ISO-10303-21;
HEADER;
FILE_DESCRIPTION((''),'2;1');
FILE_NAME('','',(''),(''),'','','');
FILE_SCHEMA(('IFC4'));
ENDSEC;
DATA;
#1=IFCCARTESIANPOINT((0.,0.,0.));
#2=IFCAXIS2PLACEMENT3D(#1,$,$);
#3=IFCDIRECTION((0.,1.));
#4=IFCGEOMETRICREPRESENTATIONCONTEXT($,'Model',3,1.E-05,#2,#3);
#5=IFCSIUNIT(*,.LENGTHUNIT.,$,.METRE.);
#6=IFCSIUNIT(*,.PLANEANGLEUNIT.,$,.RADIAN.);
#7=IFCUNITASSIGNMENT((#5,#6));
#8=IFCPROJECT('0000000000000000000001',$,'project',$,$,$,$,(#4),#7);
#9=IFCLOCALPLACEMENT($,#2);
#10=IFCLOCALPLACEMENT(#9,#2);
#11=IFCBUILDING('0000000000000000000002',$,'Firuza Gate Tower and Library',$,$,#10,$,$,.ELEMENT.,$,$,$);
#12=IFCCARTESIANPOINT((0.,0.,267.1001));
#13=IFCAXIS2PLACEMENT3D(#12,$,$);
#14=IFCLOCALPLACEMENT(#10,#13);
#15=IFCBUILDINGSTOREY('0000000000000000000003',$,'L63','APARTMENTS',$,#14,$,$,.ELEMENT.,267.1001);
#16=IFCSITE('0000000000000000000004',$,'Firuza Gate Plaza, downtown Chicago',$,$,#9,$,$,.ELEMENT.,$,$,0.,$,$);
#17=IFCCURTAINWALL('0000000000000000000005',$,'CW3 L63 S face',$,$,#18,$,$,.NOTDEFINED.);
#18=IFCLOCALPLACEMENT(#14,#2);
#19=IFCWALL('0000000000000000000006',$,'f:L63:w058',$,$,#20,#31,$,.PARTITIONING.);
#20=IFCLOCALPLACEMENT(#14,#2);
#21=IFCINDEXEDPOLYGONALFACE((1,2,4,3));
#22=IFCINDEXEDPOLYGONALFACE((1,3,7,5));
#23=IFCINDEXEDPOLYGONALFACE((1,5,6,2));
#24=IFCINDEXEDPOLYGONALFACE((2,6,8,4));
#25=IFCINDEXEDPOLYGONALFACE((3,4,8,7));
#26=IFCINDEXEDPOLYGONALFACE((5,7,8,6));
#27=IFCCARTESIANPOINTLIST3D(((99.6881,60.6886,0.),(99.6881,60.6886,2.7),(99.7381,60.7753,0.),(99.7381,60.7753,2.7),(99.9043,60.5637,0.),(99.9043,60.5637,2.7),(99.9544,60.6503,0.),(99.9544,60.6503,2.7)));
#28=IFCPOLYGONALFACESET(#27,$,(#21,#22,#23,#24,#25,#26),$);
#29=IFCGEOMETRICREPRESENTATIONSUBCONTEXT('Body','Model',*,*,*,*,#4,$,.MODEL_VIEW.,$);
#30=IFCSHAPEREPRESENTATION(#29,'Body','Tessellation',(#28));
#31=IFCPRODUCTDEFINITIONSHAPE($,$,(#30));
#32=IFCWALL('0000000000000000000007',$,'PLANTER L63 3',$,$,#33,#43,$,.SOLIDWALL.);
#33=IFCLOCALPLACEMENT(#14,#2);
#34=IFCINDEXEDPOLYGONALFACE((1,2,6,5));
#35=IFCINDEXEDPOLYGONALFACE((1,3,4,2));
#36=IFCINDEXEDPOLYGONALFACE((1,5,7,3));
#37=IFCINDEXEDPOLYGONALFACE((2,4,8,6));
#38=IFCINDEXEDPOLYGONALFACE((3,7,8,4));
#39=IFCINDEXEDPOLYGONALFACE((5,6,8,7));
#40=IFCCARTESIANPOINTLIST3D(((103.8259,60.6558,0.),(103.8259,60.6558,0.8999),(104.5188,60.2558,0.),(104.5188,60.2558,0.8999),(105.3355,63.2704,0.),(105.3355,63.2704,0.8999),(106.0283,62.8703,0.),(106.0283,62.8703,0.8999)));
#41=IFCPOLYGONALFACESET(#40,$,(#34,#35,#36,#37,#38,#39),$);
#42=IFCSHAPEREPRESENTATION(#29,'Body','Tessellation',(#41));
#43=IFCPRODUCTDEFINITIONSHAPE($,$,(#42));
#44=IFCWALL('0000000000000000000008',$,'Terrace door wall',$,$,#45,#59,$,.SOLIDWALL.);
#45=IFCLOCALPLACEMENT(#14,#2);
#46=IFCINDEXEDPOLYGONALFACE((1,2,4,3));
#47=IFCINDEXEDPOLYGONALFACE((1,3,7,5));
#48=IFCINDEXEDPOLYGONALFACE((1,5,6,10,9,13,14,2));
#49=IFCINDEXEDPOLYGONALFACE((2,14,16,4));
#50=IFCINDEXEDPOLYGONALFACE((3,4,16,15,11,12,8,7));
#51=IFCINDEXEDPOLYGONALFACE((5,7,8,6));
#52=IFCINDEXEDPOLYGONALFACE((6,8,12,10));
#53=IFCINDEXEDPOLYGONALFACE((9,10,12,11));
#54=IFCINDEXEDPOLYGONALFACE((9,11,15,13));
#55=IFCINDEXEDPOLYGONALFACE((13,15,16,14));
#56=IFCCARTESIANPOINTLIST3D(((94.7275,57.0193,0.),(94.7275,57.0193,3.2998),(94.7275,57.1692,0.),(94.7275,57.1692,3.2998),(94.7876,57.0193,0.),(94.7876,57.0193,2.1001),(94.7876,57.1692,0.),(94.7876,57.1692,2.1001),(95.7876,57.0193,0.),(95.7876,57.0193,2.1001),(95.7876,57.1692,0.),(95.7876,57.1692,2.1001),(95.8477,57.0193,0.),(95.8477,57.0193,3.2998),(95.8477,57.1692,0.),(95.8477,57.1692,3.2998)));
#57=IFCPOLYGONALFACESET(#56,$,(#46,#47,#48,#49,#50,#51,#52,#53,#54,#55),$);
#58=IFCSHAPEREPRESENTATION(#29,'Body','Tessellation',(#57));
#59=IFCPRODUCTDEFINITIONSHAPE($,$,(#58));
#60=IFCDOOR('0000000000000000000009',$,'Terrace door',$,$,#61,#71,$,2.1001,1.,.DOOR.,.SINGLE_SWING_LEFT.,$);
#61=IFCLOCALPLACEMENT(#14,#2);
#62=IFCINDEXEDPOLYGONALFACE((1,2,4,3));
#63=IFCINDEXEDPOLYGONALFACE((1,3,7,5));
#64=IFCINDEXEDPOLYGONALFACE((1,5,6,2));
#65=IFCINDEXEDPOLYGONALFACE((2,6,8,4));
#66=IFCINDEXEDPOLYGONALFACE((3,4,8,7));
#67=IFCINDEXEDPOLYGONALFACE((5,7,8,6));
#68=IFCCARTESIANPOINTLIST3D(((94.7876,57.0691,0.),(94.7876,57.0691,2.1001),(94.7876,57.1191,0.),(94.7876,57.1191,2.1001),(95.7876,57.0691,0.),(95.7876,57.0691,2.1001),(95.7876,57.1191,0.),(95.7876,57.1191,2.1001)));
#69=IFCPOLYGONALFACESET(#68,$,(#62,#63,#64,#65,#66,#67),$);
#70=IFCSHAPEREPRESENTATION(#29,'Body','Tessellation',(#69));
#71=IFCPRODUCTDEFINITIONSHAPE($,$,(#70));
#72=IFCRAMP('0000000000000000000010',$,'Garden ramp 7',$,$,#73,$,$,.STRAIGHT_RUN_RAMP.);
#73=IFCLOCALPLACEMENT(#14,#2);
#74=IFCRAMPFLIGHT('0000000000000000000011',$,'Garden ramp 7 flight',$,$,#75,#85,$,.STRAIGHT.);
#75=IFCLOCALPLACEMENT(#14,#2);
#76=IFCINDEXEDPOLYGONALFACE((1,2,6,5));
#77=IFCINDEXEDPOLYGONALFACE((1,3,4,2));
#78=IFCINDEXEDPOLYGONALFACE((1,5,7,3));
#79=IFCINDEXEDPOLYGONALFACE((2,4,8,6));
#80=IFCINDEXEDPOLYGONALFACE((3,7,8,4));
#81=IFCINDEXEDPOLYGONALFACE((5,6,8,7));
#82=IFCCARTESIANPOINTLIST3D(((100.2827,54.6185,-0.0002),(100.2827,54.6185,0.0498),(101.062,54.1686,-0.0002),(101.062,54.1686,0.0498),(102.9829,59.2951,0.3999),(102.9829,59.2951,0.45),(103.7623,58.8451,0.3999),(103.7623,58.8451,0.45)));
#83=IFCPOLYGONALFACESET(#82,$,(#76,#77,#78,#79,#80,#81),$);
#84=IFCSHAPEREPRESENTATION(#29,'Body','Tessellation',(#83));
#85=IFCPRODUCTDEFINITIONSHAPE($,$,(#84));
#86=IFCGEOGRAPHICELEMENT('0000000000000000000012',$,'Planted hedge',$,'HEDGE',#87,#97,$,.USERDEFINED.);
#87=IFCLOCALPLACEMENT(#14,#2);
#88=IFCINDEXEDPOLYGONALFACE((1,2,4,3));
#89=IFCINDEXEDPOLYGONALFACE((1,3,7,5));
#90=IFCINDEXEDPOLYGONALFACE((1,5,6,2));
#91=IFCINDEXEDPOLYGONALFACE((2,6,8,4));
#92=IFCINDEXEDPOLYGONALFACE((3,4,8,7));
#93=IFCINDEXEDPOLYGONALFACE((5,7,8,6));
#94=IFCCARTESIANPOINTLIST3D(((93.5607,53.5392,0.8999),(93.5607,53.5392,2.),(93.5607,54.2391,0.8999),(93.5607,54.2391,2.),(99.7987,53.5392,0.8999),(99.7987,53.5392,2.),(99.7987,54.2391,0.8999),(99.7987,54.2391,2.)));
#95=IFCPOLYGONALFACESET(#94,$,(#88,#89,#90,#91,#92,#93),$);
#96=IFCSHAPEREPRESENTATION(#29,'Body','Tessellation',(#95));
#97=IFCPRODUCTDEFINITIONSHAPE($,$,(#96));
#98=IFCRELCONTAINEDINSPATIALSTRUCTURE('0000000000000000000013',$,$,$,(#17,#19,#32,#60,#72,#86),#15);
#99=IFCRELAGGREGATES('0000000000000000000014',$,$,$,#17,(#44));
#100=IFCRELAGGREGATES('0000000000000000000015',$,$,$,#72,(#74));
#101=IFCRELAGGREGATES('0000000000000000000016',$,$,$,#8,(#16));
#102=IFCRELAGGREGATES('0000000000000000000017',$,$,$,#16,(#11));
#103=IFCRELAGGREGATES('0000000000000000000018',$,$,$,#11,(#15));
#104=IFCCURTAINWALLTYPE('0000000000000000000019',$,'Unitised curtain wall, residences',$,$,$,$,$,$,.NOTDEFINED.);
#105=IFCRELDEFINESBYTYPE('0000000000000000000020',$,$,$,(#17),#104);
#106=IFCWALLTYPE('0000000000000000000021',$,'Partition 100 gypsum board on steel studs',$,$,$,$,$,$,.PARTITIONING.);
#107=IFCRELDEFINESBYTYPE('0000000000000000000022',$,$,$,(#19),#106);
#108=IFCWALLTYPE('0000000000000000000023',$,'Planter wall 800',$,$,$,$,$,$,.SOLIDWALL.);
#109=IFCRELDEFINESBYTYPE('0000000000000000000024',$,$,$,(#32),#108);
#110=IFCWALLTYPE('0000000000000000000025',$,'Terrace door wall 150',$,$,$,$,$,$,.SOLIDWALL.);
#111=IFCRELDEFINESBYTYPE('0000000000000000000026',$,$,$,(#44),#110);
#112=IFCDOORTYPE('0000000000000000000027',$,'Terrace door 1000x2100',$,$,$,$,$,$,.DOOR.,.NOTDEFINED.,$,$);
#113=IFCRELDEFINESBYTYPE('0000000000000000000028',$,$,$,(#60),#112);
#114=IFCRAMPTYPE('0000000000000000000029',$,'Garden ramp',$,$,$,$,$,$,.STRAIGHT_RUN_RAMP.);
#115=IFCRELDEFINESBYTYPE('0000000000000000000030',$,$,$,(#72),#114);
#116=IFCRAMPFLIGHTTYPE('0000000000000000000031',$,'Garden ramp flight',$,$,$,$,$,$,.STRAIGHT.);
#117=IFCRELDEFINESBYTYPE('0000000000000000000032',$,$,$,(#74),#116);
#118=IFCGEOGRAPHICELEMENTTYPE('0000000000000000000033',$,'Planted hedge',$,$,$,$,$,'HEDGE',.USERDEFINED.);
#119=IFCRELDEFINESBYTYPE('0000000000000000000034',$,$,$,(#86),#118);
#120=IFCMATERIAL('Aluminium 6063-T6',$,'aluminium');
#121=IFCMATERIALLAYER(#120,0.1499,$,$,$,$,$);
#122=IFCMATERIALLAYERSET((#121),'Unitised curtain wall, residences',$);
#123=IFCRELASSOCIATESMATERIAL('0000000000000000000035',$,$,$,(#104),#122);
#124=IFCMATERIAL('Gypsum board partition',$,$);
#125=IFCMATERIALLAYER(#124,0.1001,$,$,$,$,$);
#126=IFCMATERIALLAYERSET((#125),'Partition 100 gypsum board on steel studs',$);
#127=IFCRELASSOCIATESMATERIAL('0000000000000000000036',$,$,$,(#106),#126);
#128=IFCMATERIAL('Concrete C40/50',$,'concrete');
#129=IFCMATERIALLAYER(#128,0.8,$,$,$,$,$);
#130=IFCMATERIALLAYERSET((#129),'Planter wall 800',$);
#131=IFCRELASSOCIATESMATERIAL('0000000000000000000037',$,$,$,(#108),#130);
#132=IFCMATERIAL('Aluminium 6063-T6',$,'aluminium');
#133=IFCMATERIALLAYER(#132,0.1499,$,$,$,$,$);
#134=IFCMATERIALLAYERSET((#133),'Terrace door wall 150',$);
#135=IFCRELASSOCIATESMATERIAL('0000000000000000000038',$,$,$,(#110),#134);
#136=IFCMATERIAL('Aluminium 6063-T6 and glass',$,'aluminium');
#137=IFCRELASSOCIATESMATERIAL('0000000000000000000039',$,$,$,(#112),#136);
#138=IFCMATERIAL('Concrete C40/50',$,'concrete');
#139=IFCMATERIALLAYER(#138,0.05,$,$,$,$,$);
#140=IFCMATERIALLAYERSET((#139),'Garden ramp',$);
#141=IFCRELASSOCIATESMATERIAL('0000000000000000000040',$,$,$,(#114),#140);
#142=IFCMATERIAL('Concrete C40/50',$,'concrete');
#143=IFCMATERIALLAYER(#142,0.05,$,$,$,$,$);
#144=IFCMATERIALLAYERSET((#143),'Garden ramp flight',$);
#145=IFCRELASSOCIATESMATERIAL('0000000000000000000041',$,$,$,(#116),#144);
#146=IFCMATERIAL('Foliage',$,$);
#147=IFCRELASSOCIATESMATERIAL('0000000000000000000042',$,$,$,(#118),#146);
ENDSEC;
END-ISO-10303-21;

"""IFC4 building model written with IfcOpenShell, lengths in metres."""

from ifc_helpers import new_model, si_unit, direction, frame, frame_2d, origin, origin_2d, place, context, subcontext, project, spatial, polyline, rectangle, outline, extrude, material, layer, layer_set, type_object, element, fill, aggregate, save


model = new_model("IFC4")

# Units and contexts
model_context = context("Model", 3, precision=1e-05, world=origin(), true_north=direction((0.0, 1.0)))
body_context = subcontext(model_context, "Body", "Model", "MODEL_VIEW")
ifc_project = project(units=[si_unit("LENGTHUNIT", "METRE"), si_unit("PLANEANGLEUNIT", "RADIAN")], contexts=[model_context])

# Site, building, storey
site_placement = place(None, origin())
site = spatial("IfcSite", under=ifc_project, at=site_placement, Name="Firuza Gate Plaza, downtown Chicago", CompositionType="ELEMENT", RefElevation=0.0)
building_placement = place(site_placement, origin())
building = spatial("IfcBuilding", under=site, at=building_placement, Name="Firuza Gate Tower and Library", CompositionType="ELEMENT")
storey_placement = place(building_placement, frame((0.0, 0.0, 267.1001)))
storey = spatial("IfcBuildingStorey", under=building, at=storey_placement, Name="L63", Description="APARTMENTS", CompositionType="ELEMENT", Elevation=267.1001)

# Curtain wall
placement = place(storey_placement, origin())
ifc_material_1 = material(Name="Aluminium 6063-T6", Category="aluminium")
ifc_layer_1 = layer(ifc_material_1, 0.1499)
ifc_layer_set_1 = layer_set([ifc_layer_1], Name="Unitised curtain wall, residences")
curtain_wall_type_1 = type_object("IfcCurtainWallType", Name="Unitised curtain wall, residences", PredefinedType="NOTDEFINED", material=ifc_layer_set_1)
curtain_wall_1 = element("IfcCurtainWall", 1, at=placement, inside=storey, type_object=curtain_wall_type_1, Name="CW3 L63 S face", PredefinedType="NOTDEFINED")

# Walls
ifc_material_2 = material(Name="Gypsum board partition")
ifc_layer_2 = layer(ifc_material_2, 0.1001)
ifc_layer_set_2 = layer_set([ifc_layer_2], Name="Partition 100 gypsum board on steel studs")
wall_type_1 = type_object("IfcWallType", Name="Partition 100 gypsum board on steel studs", PredefinedType="PARTITIONING", material=ifc_layer_set_2)
wall_1_placement = place(storey_placement, frame((99.9294, 60.6069, 0.0), z_axis=(0.0, 0.0, 1.0), x_axis=(-0.865827, 0.500343, 0.0)))
element("IfcWall", 2, at=wall_1_placement, inside=storey, type_object=wall_type_1, Name="f:L63:w058", PredefinedType="PARTITIONING", context=body_context, shape_type="SweptSolid", body=[
    extrude(rectangle(XDim=0.2498, YDim=0.1001, at=frame_2d((0.125, 0.0))), origin(), (0.0, 0.0, 1.0), 2.7),
])
ifc_material_3 = material(Name="Concrete C40/50", Category="concrete")
ifc_layer_3 = layer(ifc_material_3, 0.8)
ifc_layer_set_3 = layer_set([ifc_layer_3], Name="Planter wall 800")
wall_type_2 = type_object("IfcWallType", Name="Planter wall 800", PredefinedType="SOLIDWALL", material=ifc_layer_set_3)
wall_2_placement = place(storey_placement, frame((104.1724, 60.4558, 0.0), z_axis=(0.0, 0.0, 1.0), x_axis=(0.500009, 0.86602, 0.0)))
element("IfcWall", 3, at=wall_2_placement, inside=storey, type_object=wall_type_2, Name="PLANTER L63 3", PredefinedType="SOLIDWALL", context=body_context, shape_type="SweptSolid", body=[
    extrude(rectangle(XDim=3.019, YDim=0.8, at=frame_2d((1.5095, 0.0))), origin(), (0.0, 0.0, 1.0), 0.8999),
])

# Wall, opening, door
ifc_material_4 = material(Name="Aluminium 6063-T6", Category="aluminium")
ifc_layer_4 = layer(ifc_material_4, 0.1499)
ifc_layer_set_4 = layer_set([ifc_layer_4], Name="Terrace door wall 150")
wall_type_3 = type_object("IfcWallType", Name="Terrace door wall 150", PredefinedType="SOLIDWALL", material=ifc_layer_set_4)
wall_3_placement = place(storey_placement, frame((94.7275, 57.0942, 0.0), z_axis=(0.0, 0.0, 1.0), x_axis=(1.0, 0.0, 0.0)))
wall_3 = element("IfcWall", 4, at=wall_3_placement, type_object=wall_type_3, Name="Terrace door wall", PredefinedType="SOLIDWALL", context=body_context, shape_type="SweptSolid", body=[
    extrude(rectangle(XDim=1.1201, YDim=0.1499, at=frame_2d((0.5601, 0.0))), origin(), (0.0, 0.0, 1.0), 3.2998),
])
opening_placement = place(wall_3_placement, frame((0.0601, 0.0, 0.0)))
opening = element("IfcOpeningElement", 5, at=opening_placement, cuts=wall_3, PredefinedType="OPENING", context=body_context, shape_type="SweptSolid", body=[
    extrude(rectangle(XDim=1.0, YDim=2.1001, at=frame_2d((0.5, 1.05))), frame((0.0, 0.085, 0.0), z_axis=(0.0, -1.0, 0.0), x_axis=(1.0, 0.0, 0.0)), (0.0, 0.0, 1.0), 0.1699),
])
ifc_material_5 = material(Name="Aluminium 6063-T6 and glass", Category="aluminium")
door_type = type_object("IfcDoorType", Name="Terrace door 1000x2100", OperationType="NOTDEFINED", PredefinedType="DOOR", material=ifc_material_5)
door_placement = place(opening_placement, origin())
door = element("IfcDoor", 6, at=door_placement, inside=storey, type_object=door_type, Name="Terrace door", OperationType="SINGLE_SWING_LEFT", OverallHeight=2.1001, OverallWidth=1.0, PredefinedType="DOOR", context=body_context, shape_type="SweptSolid", body=[
    extrude(rectangle(XDim=1.0, YDim=2.1001, at=frame_2d((0.5, 1.05))), frame((0.0, 0.0249, 0.0), z_axis=(0.0, -1.0, 0.0), x_axis=(1.0, 0.0, 0.0)), (0.0, 0.0, 1.0), 0.05),
])
fill(opening, door)
aggregate(curtain_wall_1, [wall_3])

# Ramp, ramp flight
ifc_material_6 = material(Name="Concrete C40/50", Category="concrete")
ifc_layer_5 = layer(ifc_material_6, 0.05)
ifc_layer_set_5 = layer_set([ifc_layer_5], Name="Garden ramp")
ramp_type = type_object("IfcRampType", Name="Garden ramp", PredefinedType="STRAIGHT_RUN_RAMP", material=ifc_layer_set_5)
ramp = element("IfcRamp", 7, at=placement, inside=storey, type_object=ramp_type, Name="Garden ramp 7", PredefinedType="STRAIGHT_RUN_RAMP")
ifc_material_7 = material(Name="Concrete C40/50", Category="concrete")
ifc_layer_6 = layer(ifc_material_7, 0.05)
ifc_layer_set_6 = layer_set([ifc_layer_6], Name="Garden ramp flight")
ramp_flight_type = type_object("IfcRampFlightType", Name="Garden ramp flight", PredefinedType="STRAIGHT", material=ifc_layer_set_6)
ramp_flight_placement = place(storey_placement, frame((100.6724, 54.3936, -0.0002), z_axis=(0.0, 0.0, 1.0), x_axis=(0.500029, 0.866009, 0.0)))
ramp_flight = element("IfcRampFlight", 8, at=ramp_flight_placement, type_object=ramp_flight_type, Name="Garden ramp 7 flight", PredefinedType="STRAIGHT", context=body_context, shape_type="SweptSolid", body=[
    extrude(outline(polyline([(0.0, 0.05), (5.4001, 0.4502), (5.4001, 0.4001), (0.0, 0.0), (0.0, 0.05)])), frame((0.0, 0.45, 0.0), z_axis=(0.0, -1.0, 0.0), x_axis=(1.0, 0.0, 0.0)), (0.0, 0.0, 1.0), 0.8999),
])
aggregate(ramp, [ramp_flight])

# Geographic element
ifc_material_8 = material(Name="Foliage")
geographic_element_type = type_object("IfcGeographicElementType", Name="Planted hedge", ElementType="HEDGE", PredefinedType="USERDEFINED", material=ifc_material_8)
geographic_element_placement = place(storey_placement, frame((96.6797, 53.8892, 0.8999), z_axis=(0.0, 0.0, 1.0), x_axis=(1.0, 0.0, 0.0)))
element("IfcGeographicElement", 9, at=geographic_element_placement, inside=storey, type_object=geographic_element_type, Name="Planted hedge", ObjectType="HEDGE", PredefinedType="USERDEFINED", context=body_context, shape_type="SweptSolid", body=[
    extrude(rectangle(XDim=6.238, YDim=0.7, at=origin_2d()), origin(), (0.0, 0.0, 1.0), 1.1001),
])

save(model, "model.ifc")
